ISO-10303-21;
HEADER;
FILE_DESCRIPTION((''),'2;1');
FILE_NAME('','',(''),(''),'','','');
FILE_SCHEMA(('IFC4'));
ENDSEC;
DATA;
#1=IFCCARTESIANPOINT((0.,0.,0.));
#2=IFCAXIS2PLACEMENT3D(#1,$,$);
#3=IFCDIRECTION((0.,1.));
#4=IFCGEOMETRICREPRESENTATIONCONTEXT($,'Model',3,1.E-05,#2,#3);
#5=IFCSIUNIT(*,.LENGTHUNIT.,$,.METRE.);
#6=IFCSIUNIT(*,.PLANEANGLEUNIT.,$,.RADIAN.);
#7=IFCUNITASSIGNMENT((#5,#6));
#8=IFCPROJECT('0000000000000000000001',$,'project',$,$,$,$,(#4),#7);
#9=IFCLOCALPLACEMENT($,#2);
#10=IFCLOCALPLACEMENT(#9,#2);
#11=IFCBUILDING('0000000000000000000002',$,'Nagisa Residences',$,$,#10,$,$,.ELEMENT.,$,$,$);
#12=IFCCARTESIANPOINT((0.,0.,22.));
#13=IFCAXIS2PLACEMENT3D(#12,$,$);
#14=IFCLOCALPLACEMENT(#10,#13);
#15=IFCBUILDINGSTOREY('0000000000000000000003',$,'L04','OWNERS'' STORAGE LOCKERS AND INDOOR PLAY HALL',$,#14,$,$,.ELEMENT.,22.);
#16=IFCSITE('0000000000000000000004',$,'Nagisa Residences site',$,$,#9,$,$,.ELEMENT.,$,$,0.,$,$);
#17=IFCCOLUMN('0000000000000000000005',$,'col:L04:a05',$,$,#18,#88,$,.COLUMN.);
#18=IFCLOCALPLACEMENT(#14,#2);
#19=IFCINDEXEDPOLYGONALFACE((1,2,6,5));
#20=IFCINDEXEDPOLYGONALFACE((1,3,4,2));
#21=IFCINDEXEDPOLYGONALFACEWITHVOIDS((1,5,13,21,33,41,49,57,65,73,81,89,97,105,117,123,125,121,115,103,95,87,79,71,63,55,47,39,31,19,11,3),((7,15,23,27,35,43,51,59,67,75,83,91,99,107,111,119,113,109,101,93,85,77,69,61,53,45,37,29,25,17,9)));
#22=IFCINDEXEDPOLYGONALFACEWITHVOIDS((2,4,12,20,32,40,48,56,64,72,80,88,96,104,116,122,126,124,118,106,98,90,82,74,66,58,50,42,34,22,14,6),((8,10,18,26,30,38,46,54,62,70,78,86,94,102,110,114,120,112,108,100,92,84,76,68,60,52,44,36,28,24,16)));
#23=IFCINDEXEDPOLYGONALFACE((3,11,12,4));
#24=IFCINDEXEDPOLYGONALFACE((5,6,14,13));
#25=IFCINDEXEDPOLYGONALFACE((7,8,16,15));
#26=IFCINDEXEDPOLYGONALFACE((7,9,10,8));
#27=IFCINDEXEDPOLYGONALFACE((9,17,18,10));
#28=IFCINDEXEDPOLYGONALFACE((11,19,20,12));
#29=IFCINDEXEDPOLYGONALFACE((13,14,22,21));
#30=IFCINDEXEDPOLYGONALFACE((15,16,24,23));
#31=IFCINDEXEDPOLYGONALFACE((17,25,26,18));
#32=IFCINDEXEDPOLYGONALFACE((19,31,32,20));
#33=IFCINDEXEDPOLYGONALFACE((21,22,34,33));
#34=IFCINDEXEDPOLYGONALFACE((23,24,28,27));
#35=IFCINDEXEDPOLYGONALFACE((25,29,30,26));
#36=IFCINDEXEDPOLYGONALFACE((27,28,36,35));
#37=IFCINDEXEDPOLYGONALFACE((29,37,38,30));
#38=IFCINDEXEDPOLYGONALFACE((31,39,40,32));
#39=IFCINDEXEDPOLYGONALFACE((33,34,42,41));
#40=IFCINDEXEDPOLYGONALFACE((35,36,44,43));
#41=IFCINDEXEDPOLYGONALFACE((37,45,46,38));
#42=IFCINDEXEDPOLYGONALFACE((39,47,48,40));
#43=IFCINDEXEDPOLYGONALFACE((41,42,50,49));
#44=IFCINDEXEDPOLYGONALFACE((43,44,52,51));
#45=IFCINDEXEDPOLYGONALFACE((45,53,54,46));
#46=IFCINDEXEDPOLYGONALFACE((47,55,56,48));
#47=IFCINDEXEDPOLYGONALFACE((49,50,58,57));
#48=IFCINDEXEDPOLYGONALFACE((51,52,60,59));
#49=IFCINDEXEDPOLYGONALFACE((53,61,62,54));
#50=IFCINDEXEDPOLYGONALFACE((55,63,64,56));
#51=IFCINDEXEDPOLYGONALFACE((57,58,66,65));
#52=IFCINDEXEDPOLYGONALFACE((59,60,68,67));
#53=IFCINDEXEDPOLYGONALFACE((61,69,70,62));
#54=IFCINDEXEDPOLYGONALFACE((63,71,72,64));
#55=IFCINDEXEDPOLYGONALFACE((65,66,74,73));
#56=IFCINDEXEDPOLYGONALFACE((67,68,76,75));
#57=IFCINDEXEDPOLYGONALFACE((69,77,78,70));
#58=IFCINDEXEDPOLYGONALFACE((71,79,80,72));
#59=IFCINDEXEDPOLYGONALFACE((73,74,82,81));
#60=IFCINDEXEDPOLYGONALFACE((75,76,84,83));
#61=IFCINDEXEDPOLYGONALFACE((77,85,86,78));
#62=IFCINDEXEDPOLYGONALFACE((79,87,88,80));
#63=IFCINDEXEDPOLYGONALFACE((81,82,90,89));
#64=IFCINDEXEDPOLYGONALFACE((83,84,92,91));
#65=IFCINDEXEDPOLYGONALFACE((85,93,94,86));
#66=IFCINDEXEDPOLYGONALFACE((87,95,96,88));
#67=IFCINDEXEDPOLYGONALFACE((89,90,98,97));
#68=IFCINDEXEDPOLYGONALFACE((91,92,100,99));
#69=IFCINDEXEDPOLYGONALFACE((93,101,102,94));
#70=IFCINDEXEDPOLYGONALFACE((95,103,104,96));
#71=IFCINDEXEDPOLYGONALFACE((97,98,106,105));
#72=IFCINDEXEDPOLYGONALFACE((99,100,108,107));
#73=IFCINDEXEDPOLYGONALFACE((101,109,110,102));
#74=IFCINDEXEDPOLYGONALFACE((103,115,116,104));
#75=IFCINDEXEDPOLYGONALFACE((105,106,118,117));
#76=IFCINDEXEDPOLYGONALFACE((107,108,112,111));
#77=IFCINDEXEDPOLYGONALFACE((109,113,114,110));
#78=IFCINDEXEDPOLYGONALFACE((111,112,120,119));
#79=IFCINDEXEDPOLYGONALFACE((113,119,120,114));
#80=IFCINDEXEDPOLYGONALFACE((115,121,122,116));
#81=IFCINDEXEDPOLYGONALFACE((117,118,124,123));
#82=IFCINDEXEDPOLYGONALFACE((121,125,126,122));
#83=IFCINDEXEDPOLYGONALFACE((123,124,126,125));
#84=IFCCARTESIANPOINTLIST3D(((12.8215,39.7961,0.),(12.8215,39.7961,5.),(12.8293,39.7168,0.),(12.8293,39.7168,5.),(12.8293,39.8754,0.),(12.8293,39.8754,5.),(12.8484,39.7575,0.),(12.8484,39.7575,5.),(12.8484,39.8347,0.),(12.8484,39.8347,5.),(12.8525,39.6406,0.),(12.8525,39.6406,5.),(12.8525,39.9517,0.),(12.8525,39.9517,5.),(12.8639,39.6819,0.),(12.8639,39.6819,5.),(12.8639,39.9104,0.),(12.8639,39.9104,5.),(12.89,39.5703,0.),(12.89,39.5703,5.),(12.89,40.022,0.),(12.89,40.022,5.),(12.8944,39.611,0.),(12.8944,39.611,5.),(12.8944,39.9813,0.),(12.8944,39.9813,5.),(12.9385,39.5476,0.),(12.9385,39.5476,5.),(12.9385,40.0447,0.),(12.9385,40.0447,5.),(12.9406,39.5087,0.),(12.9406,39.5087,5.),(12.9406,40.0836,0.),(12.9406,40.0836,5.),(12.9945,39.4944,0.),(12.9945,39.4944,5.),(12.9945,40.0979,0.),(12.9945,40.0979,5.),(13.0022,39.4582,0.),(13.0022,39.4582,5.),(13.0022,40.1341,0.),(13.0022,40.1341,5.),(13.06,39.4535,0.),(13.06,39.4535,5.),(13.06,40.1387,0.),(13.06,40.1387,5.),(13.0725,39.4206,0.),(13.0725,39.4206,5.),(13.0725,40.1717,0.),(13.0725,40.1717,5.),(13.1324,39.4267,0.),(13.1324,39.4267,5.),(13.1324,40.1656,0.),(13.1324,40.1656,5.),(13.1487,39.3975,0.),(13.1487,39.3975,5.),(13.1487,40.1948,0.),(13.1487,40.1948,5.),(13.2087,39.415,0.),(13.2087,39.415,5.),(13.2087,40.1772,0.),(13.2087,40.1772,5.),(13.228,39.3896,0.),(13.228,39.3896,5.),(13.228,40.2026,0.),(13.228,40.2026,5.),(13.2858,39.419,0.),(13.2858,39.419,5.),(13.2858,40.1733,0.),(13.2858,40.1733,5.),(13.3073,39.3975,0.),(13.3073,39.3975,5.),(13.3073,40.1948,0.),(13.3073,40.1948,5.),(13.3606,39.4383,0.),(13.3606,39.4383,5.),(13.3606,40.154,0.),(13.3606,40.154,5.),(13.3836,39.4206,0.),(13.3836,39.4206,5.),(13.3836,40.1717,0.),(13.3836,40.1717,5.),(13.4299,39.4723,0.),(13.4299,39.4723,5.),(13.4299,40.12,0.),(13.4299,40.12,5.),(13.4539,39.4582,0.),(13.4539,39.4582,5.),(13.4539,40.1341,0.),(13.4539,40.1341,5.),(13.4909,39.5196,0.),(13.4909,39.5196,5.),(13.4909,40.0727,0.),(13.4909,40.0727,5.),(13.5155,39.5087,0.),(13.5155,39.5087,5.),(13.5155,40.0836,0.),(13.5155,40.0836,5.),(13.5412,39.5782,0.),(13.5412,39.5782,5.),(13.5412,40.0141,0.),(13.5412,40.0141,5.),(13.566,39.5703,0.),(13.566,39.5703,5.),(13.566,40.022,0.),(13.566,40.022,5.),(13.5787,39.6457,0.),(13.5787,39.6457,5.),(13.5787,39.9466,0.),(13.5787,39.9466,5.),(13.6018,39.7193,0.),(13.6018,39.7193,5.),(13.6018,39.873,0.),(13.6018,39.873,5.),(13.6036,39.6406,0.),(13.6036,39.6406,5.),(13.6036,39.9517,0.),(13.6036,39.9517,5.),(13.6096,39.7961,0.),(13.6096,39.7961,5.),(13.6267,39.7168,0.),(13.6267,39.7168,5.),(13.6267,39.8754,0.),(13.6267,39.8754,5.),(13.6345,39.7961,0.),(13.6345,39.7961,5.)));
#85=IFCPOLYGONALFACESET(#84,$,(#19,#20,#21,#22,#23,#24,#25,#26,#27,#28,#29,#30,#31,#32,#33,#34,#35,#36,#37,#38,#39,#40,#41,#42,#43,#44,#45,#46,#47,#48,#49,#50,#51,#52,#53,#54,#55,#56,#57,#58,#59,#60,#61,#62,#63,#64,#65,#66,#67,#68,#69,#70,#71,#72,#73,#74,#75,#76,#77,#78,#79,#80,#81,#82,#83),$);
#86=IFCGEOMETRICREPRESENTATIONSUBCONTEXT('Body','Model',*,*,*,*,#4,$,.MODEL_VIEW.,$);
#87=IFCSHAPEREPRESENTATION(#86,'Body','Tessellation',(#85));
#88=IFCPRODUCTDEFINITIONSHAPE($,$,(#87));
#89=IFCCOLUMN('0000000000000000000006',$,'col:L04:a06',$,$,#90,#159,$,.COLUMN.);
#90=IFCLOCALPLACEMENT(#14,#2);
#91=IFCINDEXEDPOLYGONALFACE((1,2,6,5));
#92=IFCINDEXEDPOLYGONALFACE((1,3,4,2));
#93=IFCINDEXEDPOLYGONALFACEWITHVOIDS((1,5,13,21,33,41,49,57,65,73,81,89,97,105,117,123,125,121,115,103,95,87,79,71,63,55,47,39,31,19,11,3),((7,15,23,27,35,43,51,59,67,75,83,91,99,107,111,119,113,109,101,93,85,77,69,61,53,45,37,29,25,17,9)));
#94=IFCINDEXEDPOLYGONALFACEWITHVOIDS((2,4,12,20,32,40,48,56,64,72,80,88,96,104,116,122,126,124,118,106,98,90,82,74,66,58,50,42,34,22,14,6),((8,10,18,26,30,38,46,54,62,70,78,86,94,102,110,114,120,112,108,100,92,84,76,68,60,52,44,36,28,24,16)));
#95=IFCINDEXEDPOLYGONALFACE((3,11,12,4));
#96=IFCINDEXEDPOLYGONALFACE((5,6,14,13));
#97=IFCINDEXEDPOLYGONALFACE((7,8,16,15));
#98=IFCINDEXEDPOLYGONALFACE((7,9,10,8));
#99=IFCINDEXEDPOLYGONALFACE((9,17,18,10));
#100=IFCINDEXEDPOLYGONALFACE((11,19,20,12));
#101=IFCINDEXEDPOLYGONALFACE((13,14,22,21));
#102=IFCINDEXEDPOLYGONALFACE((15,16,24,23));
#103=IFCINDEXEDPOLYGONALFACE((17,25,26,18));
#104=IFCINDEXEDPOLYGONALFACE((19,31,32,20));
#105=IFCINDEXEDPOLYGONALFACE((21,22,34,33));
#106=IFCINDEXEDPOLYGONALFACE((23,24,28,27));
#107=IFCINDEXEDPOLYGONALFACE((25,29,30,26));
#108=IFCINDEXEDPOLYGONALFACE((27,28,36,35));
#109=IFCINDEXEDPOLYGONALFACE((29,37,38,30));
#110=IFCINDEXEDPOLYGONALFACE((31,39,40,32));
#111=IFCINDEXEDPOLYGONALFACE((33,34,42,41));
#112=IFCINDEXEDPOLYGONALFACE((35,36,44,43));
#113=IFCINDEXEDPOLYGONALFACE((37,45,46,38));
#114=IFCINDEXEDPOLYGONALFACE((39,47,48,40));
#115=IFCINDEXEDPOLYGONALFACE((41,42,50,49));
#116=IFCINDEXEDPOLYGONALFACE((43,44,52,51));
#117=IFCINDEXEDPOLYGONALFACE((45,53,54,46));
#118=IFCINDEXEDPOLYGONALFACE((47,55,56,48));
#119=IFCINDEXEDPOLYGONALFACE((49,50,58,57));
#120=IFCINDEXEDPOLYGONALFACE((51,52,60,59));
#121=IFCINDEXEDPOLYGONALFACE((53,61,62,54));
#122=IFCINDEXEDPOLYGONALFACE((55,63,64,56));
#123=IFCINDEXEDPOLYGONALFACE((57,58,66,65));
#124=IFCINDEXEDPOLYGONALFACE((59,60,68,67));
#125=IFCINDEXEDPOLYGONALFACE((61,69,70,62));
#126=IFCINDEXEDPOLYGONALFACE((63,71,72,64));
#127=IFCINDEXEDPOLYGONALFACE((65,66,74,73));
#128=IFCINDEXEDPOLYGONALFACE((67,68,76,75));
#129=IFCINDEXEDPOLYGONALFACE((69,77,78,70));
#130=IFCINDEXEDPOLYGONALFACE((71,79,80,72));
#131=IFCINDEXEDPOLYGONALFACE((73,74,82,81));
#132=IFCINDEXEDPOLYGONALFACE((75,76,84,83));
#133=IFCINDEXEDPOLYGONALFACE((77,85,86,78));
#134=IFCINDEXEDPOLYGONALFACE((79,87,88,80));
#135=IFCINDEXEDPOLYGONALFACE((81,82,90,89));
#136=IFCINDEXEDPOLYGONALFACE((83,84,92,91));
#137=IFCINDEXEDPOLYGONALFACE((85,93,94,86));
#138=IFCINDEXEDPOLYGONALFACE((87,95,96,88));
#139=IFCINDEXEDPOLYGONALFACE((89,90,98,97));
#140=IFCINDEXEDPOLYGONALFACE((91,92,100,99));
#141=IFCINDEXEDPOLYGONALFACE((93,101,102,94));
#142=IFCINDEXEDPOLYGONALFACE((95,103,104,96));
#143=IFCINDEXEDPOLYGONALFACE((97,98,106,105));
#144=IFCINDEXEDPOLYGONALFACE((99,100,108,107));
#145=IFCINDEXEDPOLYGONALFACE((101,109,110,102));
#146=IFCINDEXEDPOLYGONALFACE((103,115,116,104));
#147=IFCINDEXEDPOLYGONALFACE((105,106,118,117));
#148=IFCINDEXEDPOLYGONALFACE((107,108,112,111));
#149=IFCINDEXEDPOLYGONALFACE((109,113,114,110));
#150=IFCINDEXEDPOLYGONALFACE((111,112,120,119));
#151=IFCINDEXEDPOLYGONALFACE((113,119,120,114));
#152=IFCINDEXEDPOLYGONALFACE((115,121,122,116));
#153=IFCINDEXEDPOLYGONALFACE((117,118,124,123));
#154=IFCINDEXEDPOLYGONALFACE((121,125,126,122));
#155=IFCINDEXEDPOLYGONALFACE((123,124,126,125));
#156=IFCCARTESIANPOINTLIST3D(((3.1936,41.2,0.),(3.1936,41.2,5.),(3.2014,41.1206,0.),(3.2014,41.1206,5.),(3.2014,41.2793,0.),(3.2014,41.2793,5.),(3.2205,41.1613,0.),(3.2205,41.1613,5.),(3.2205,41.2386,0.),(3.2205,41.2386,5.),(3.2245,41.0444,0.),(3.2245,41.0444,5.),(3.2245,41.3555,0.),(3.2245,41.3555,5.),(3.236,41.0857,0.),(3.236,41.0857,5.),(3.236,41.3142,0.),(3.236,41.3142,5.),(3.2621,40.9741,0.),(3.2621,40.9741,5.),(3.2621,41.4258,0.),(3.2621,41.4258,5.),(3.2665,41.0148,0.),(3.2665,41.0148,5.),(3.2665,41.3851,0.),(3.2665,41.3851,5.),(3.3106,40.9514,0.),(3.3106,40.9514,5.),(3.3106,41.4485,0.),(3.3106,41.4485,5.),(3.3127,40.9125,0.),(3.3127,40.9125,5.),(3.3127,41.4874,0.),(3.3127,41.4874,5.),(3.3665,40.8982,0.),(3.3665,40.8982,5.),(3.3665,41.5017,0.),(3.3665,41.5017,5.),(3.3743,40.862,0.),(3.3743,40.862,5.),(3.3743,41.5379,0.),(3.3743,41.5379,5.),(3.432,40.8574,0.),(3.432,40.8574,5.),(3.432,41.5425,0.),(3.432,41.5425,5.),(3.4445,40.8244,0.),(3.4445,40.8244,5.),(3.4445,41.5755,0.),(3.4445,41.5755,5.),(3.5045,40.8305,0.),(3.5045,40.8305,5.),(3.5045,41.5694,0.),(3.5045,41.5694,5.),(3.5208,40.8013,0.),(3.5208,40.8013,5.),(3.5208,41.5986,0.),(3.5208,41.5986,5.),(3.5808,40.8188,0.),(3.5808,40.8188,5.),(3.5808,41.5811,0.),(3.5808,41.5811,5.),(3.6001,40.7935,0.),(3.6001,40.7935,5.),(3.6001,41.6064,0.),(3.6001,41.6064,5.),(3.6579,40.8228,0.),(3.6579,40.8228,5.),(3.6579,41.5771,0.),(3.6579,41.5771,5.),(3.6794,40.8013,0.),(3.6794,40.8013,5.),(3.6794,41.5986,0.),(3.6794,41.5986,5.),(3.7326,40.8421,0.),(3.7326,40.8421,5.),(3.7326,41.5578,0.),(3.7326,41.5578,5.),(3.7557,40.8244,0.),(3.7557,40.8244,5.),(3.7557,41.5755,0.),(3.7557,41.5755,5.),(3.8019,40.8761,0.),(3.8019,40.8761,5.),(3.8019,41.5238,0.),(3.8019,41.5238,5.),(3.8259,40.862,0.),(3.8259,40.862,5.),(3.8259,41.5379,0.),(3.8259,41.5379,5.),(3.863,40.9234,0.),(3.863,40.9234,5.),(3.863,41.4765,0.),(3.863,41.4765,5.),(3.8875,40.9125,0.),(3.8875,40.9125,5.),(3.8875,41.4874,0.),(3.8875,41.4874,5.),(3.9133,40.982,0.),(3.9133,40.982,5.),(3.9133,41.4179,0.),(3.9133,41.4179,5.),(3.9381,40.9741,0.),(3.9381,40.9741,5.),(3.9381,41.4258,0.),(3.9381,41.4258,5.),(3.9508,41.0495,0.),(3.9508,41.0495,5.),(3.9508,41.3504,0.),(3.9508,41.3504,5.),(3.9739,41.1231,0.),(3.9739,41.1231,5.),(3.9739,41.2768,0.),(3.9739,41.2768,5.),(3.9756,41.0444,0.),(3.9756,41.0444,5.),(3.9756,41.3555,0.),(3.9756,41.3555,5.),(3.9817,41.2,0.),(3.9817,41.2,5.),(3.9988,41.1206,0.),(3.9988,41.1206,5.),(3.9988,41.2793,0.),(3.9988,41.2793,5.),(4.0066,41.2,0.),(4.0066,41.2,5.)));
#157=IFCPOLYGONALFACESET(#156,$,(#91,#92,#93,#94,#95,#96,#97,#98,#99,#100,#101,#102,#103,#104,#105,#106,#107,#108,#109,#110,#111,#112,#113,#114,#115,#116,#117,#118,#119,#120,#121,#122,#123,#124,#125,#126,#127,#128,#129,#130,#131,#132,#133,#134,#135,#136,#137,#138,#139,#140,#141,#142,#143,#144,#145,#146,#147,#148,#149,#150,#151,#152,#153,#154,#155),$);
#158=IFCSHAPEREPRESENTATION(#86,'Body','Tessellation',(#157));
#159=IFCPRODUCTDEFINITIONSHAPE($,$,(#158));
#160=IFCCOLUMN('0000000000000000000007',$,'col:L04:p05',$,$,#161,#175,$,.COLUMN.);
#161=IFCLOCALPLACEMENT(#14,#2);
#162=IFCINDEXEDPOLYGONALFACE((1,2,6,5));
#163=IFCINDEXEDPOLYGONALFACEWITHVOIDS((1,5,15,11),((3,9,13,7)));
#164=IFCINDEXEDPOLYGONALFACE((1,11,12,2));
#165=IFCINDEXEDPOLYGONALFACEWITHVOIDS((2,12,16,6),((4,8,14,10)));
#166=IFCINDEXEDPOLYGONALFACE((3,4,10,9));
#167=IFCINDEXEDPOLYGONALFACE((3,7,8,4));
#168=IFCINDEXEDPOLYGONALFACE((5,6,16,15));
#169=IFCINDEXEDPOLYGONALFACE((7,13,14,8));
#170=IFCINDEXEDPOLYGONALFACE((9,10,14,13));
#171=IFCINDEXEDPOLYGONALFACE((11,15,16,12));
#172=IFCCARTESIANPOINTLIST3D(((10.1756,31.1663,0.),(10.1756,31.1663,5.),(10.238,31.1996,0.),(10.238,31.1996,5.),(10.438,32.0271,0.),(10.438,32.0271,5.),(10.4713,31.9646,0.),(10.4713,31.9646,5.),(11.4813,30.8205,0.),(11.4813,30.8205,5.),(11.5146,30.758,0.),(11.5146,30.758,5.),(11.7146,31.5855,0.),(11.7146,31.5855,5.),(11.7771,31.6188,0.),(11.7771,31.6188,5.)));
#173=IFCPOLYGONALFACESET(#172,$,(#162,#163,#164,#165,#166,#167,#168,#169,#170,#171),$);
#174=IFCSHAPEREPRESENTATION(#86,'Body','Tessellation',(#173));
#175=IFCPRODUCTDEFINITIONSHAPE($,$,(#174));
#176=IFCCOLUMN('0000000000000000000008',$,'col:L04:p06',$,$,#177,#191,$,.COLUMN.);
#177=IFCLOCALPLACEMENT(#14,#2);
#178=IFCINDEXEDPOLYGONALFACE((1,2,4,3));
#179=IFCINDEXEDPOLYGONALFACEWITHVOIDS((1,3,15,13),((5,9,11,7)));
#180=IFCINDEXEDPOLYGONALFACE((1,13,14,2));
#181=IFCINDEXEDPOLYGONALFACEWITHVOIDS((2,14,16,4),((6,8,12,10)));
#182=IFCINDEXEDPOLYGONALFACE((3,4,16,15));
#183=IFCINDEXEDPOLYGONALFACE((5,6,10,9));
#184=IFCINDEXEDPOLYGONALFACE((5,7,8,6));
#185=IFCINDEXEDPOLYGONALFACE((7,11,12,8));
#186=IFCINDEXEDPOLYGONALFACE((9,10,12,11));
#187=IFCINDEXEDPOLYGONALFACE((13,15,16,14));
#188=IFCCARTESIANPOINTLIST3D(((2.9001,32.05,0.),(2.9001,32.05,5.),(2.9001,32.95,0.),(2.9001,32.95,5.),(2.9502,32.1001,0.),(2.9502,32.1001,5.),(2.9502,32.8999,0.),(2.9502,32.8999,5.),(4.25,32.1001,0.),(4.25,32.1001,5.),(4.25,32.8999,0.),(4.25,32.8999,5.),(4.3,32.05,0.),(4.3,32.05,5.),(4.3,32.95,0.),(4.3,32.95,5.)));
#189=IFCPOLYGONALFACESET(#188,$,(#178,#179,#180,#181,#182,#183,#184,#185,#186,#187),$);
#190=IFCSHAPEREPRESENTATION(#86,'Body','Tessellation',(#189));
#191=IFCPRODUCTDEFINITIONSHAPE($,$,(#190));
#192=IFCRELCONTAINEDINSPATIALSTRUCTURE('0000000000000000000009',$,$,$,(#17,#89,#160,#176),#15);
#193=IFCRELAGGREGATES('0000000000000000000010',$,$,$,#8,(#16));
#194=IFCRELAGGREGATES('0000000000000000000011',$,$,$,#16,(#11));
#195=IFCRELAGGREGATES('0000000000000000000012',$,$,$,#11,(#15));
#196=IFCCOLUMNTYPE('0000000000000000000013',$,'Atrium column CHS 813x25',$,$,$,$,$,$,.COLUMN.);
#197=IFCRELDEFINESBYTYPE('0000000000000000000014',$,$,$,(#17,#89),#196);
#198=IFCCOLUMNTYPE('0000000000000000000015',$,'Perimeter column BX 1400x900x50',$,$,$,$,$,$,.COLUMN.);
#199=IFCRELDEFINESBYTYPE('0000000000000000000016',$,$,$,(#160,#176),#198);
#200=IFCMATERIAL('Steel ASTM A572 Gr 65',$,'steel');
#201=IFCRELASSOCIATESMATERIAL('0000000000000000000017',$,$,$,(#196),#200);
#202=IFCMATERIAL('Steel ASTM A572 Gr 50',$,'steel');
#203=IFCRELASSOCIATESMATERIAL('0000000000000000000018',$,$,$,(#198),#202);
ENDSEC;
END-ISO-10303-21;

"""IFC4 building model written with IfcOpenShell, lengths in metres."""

from ifc_helpers import new_model, si_unit, direction, frame, origin, origin_2d, place, context, subcontext, project, spatial, hollow_rectangle, hollow_circle, extrude, material, material_profile, profile_set, type_object, element, save


model = new_model("IFC4")

# Units and contexts
model_context = context("Model", 3, precision=1e-05, world=origin(), true_north=direction((0.0, 1.0)))
body_context = subcontext(model_context, "Body", "Model", "MODEL_VIEW")
ifc_project = project(units=[si_unit("LENGTHUNIT", "METRE"), si_unit("PLANEANGLEUNIT", "RADIAN")], contexts=[model_context])

# Site, building, storey
site_placement = place(None, origin())
site = spatial("IfcSite", under=ifc_project, at=site_placement, Name="Nagisa Residences site", CompositionType="ELEMENT", RefElevation=0.0)
building_placement = place(site_placement, origin())
building = spatial("IfcBuilding", under=site, at=building_placement, Name="Nagisa Residences", CompositionType="ELEMENT")
storey_placement = place(building_placement, frame((0.0, 0.0, 22.0)))
storey = spatial("IfcBuildingStorey", under=building, at=storey_placement, Name="L04", Description="OWNERS' STORAGE LOCKERS AND INDOOR PLAY HALL", CompositionType="ELEMENT", Elevation=22.0)

# Columns
ifc_material_1 = material(Name="Steel ASTM A572 Gr 65", Category="steel")
ifc_material_profile_1 = material_profile(ifc_material_1, hollow_circle(Radius=0.4065, WallThickness=0.0249, at=origin_2d()), Name="CHS 813x25")
ifc_profile_set_1 = profile_set([ifc_material_profile_1], Name="Steel ASTM A572 Gr 65")
column_type_1 = type_object("IfcColumnType", Name="Atrium column CHS 813x25", PredefinedType="COLUMN", material=ifc_profile_set_1)
for number, where, z_axis, x_axis, name in (
    (1, (13.228, 39.7961, 0.0), (0.0, 0.0, 1.0), (1.0, 0.0, 0.0), "col:L04:a05"),
    (2, (3.6001, 41.2, 0.0), (0.0, 0.0, 1.0), (1.0, 0.0, 0.0), "col:L04:a06"),
):
    element("IfcColumn", number, at=place(storey_placement, frame(where, z_axis=z_axis, x_axis=x_axis)), inside=storey, type_object=column_type_1, Name=name, PredefinedType="COLUMN", context=body_context, shape_type="SweptSolid", body=[
        extrude(hollow_circle(Radius=0.4065, WallThickness=0.0249, at=origin_2d()), origin(), (0.0, 0.0, 1.0), 5.0),
    ])
ifc_material_2 = material(Name="Steel ASTM A572 Gr 50", Category="steel")
ifc_material_profile_2 = material_profile(ifc_material_2, hollow_rectangle(XDim=1.3999, YDim=0.8999, WallThickness=0.05, at=origin_2d()), Name="BX 1400x900x50")
ifc_profile_set_2 = profile_set([ifc_material_profile_2], Name="Steel ASTM A572 Gr 50")
column_type_2 = type_object("IfcColumnType", Name="Perimeter column BX 1400x900x50", PredefinedType="COLUMN", material=ifc_profile_set_2)
for number, where, z_axis, x_axis, name in (
    (3, (10.9763, 31.3926, 0.0), (0.0, 0.0, 1.0), (-0.956525, 0.291652, 0.0), "col:L04:p05"),
    (4, (3.6001, 32.5, 0.0), (0.0, 0.0, 1.0), (-1.0, 0.0, 0.0), "col:L04:p06"),
):
    element("IfcColumn", number, at=place(storey_placement, frame(where, z_axis=z_axis, x_axis=x_axis)), inside=storey, type_object=column_type_2, Name=name, PredefinedType="COLUMN", context=body_context, shape_type="SweptSolid", body=[
        extrude(hollow_rectangle(XDim=1.3999, YDim=0.8999, WallThickness=0.05, at=origin_2d()), origin(), (0.0, 0.0, 1.0), 5.0),
    ])

save(model, "model.ifc")
